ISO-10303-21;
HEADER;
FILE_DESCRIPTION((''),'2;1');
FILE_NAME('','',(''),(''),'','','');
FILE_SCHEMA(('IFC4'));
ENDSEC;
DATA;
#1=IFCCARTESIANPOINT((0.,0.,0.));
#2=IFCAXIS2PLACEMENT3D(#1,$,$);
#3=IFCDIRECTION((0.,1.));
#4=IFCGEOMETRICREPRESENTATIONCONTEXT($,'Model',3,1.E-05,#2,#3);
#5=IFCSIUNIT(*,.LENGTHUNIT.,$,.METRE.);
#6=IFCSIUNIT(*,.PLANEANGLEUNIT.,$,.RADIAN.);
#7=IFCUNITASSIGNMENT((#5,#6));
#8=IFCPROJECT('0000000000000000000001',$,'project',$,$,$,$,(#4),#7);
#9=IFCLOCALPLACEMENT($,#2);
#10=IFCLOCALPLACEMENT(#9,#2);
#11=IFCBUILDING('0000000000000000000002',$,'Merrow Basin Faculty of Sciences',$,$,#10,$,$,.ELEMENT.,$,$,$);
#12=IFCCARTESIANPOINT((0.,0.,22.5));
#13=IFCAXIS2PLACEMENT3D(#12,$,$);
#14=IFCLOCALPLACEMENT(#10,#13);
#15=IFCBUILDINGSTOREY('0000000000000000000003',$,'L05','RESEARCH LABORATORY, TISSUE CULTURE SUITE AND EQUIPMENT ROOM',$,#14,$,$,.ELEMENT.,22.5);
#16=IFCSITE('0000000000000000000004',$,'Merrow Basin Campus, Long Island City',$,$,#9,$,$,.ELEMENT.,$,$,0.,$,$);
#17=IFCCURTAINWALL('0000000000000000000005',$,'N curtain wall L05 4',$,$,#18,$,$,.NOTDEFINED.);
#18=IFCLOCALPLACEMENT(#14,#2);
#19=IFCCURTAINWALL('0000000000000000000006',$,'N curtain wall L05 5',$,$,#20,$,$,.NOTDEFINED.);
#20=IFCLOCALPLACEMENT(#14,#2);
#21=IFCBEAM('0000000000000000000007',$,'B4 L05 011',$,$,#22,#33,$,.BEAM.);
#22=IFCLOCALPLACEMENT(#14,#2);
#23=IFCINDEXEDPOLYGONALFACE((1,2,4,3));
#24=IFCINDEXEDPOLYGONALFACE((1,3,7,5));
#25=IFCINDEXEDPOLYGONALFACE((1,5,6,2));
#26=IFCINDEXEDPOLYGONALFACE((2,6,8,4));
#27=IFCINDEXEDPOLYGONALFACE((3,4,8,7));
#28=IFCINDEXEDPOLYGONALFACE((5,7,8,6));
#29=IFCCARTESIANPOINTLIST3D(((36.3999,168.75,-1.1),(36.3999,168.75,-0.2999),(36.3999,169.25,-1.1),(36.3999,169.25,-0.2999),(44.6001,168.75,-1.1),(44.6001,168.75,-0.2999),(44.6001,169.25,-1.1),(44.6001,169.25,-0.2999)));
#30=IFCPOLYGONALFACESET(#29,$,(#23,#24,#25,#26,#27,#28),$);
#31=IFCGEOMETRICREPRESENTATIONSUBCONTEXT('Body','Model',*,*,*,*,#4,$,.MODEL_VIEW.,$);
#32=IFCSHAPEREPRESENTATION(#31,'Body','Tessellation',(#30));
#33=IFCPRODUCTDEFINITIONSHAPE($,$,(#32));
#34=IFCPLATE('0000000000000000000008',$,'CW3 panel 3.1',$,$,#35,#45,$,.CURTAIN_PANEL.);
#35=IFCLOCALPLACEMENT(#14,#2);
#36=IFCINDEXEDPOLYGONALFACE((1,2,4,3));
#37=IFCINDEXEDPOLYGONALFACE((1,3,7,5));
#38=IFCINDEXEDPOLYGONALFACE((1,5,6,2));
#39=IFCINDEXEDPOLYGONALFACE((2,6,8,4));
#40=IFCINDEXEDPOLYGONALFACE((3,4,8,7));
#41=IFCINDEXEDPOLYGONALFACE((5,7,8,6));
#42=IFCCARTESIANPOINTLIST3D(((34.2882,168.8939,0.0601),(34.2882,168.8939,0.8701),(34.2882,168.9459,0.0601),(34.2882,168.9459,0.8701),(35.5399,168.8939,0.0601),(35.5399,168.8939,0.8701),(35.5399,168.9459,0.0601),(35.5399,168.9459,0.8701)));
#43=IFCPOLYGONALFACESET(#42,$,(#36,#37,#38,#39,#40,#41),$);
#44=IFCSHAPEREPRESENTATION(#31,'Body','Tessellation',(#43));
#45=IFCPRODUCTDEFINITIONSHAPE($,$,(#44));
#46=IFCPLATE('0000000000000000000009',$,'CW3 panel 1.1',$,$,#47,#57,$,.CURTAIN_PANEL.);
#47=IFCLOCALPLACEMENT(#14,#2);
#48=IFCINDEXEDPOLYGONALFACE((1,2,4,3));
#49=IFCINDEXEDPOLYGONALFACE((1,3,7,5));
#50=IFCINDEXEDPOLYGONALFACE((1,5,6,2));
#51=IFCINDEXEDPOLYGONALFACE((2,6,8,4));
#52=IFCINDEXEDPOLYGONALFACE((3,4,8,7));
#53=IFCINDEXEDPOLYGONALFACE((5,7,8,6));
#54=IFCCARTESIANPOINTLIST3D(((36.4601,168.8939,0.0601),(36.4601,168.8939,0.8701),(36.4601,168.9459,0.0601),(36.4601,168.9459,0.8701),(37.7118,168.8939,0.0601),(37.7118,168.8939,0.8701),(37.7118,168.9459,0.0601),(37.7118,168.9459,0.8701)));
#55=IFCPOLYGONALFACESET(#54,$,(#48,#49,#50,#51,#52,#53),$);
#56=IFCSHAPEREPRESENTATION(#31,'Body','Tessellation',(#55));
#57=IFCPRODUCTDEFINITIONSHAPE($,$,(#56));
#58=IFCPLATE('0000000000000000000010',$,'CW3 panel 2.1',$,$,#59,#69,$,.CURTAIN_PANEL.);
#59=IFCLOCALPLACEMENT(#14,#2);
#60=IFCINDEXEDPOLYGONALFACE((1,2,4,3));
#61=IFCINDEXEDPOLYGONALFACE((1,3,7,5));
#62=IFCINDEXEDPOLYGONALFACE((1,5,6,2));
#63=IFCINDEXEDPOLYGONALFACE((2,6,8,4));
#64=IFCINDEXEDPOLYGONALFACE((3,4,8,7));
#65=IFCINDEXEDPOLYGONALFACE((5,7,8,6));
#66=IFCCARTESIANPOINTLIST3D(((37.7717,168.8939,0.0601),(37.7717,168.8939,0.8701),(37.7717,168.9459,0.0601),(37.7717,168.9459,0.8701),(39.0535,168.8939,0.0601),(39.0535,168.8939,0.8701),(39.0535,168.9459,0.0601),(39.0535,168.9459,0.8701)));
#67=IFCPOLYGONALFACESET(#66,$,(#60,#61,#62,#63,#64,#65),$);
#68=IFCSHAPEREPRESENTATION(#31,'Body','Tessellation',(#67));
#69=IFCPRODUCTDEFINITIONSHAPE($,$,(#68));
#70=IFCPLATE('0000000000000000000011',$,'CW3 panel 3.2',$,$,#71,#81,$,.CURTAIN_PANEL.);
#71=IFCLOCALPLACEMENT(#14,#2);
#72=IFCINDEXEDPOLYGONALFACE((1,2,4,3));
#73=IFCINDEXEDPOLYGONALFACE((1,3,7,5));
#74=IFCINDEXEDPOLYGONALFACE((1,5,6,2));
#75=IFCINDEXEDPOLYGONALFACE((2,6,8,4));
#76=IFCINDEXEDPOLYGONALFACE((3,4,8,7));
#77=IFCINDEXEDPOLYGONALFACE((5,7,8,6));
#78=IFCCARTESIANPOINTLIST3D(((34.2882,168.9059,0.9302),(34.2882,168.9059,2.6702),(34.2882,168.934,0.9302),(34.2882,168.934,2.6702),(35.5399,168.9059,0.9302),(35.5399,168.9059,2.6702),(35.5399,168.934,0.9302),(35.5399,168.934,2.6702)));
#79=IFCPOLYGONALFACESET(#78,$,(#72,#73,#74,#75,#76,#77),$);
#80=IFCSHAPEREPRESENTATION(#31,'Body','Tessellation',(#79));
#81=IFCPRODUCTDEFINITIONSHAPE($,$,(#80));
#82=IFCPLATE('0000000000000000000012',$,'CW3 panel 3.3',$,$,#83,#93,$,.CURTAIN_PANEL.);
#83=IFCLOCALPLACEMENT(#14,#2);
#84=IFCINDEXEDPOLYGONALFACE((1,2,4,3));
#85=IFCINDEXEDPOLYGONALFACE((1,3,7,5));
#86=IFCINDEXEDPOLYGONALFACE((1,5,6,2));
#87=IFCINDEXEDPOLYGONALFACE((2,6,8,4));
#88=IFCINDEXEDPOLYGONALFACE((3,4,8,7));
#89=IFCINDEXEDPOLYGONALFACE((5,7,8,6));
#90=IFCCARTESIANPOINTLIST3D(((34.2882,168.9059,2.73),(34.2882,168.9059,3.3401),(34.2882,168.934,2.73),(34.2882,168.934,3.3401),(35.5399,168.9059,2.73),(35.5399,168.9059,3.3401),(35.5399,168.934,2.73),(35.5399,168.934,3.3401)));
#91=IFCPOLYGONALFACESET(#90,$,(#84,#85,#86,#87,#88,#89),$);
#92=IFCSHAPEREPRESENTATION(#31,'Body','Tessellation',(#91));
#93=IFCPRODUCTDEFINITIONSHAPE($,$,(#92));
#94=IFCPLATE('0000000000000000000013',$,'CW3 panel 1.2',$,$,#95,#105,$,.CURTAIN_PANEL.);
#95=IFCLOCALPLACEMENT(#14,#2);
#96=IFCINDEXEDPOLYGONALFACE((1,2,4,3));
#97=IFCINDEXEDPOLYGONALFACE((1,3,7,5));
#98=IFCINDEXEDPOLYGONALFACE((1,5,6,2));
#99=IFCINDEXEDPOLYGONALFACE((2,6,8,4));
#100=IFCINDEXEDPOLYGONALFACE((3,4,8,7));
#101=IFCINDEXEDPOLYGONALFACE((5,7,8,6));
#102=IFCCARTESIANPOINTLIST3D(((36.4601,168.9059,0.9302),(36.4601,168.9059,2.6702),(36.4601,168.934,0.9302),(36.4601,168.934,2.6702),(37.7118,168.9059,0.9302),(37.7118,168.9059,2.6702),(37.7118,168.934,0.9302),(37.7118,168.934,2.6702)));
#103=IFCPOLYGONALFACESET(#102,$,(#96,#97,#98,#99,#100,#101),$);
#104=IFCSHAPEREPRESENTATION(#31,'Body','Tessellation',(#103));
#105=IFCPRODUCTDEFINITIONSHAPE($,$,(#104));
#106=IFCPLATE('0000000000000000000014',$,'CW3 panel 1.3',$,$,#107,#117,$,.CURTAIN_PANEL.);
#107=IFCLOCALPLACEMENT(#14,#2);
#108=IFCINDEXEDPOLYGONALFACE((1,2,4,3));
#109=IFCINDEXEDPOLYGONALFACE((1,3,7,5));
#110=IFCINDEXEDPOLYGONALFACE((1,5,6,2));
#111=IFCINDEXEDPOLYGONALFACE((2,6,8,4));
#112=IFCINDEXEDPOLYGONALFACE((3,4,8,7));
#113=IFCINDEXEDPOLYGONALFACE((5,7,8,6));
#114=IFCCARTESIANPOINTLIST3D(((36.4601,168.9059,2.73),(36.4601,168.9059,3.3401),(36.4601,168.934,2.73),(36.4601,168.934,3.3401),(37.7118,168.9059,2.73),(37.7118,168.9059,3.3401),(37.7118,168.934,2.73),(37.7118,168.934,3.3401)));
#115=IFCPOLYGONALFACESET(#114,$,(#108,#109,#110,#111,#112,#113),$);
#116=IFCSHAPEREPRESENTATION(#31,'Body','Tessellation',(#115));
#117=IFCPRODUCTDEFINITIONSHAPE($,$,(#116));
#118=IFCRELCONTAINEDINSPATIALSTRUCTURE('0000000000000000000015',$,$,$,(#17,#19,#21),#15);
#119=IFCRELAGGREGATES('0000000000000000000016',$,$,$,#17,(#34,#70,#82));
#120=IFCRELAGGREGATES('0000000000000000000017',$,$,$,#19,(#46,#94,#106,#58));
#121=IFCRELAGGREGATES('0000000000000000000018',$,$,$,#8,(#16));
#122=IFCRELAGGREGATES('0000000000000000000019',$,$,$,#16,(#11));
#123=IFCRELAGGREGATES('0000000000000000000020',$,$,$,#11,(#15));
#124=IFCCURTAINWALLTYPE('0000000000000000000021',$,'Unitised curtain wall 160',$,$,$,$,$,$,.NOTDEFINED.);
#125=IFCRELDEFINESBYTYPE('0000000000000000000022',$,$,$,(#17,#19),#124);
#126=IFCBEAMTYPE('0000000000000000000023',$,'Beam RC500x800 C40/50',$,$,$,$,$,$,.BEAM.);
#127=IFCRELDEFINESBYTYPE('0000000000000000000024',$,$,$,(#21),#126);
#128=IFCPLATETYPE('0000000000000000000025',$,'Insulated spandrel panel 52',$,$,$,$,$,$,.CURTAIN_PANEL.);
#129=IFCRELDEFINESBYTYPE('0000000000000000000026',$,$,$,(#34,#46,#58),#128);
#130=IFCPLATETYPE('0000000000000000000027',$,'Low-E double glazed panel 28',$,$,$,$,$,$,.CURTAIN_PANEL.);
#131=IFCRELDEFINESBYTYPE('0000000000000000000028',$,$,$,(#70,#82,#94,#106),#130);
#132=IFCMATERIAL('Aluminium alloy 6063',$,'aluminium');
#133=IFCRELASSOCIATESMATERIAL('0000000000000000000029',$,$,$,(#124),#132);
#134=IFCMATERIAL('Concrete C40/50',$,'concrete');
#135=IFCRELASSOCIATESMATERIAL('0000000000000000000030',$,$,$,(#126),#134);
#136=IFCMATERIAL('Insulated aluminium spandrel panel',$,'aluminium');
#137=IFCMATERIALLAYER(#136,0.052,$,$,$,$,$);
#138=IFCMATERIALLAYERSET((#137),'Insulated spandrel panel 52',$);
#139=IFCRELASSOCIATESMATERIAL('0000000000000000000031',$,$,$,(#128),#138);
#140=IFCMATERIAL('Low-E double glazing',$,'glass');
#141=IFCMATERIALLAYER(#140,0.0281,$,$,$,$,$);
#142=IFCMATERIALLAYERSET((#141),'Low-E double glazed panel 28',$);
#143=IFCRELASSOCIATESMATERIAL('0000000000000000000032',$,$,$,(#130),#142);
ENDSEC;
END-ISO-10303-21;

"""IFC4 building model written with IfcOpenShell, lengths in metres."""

from ifc_helpers import new_model, si_unit, direction, frame, origin, origin_2d, place, context, subcontext, project, spatial, rectangle, extrude, material, layer, layer_set, material_profile, profile_set, type_object, element, aggregate, save


model = new_model("IFC4")

# Units and contexts
model_context = context("Model", 3, precision=1e-05, world=origin(), true_north=direction((0.0, 1.0)))
body_context = subcontext(model_context, "Body", "Model", "MODEL_VIEW")
ifc_project = project(units=[si_unit("LENGTHUNIT", "METRE"), si_unit("PLANEANGLEUNIT", "RADIAN")], contexts=[model_context])

# Site, building, storey
site_placement = place(None, origin())
site = spatial("IfcSite", under=ifc_project, at=site_placement, Name="Merrow Basin Campus, Long Island City", CompositionType="ELEMENT", RefElevation=0.0)
building_placement = place(site_placement, origin())
building = spatial("IfcBuilding", under=site, at=building_placement, Name="Merrow Basin Faculty of Sciences", CompositionType="ELEMENT")
storey_placement = place(building_placement, frame((0.0, 0.0, 22.5)))
storey = spatial("IfcBuildingStorey", under=building, at=storey_placement, Name="L05", Description="RESEARCH LABORATORY, TISSUE CULTURE SUITE AND EQUIPMENT ROOM", CompositionType="ELEMENT", Elevation=22.5)

# Curtain wall
ifc_material_1 = material(Name="Aluminium alloy 6063", Category="aluminium")
curtain_wall_type = type_object("IfcCurtainWallType", Name="Unitised curtain wall 160", PredefinedType="NOTDEFINED", material=ifc_material_1)
curtain_wall_1_placement = place(storey_placement, origin())
curtain_wall_1 = element("IfcCurtainWall", 1, at=curtain_wall_1_placement, inside=storey, type_object=curtain_wall_type, Name="N curtain wall L05 4", PredefinedType="NOTDEFINED")

# Curtain wall
curtain_wall_2_placement = place(storey_placement, origin())
curtain_wall_2 = element("IfcCurtainWall", 2, at=curtain_wall_2_placement, inside=storey, type_object=curtain_wall_type, Name="N curtain wall L05 5", PredefinedType="NOTDEFINED")

# Beam
ifc_material_2 = material(Name="Concrete C40/50", Category="concrete")
ifc_material_profile_1 = material_profile(ifc_material_2, rectangle(XDim=0.5, YDim=0.8, at=origin_2d()))
ifc_profile_set_1 = profile_set([ifc_material_profile_1], Name="Concrete C40/50")
beam_type = type_object("IfcBeamType", Name="Beam RC500x800 C40/50", PredefinedType="BEAM", material=ifc_profile_set_1)
beam_placement = place(storey_placement, frame((36.3999, 169.0, -0.7), z_axis=(1.0, 0.0, 0.0), x_axis=(0.0, 1.0, 0.0)))
element("IfcBeam", 3, at=beam_placement, inside=storey, type_object=beam_type, Name="B4 L05 011", PredefinedType="BEAM", context=body_context, shape_type="SweptSolid", body=[
    extrude(rectangle(XDim=0.5, YDim=0.8, at=origin_2d()), origin(), (0.0, 0.0, 1.0), 8.2002),
])

# Plates
ifc_material_3 = material(Name="Insulated aluminium spandrel panel", Category="aluminium")
ifc_layer_1 = layer(ifc_material_3, 0.052)
ifc_layer_set_1 = layer_set([ifc_layer_1], Name="Insulated spandrel panel 52")
plate_type_1 = type_object("IfcPlateType", Name="Insulated spandrel panel 52", PredefinedType="CURTAIN_PANEL", material=ifc_layer_set_1)
plate_1_placement = place(storey_placement, frame((34.9141, 168.9199, 0.0601), z_axis=(0.0, 0.0, 1.0), x_axis=(1.0, 0.0, 0.0)))
plate_1 = element("IfcPlate", 4, at=plate_1_placement, type_object=plate_type_1, Name="CW3 panel 3.1", PredefinedType="CURTAIN_PANEL", context=body_context, shape_type="SweptSolid", body=[
    extrude(rectangle(XDim=1.2517, YDim=0.052, at=origin_2d()), origin(), (0.0, 0.0, 1.0), 0.8101),
])
plate_2_placement = place(storey_placement, frame((37.0859, 168.9199, 0.0601), z_axis=(0.0, 0.0, 1.0), x_axis=(1.0, 0.0, 0.0)))
plate_2 = element("IfcPlate", 5, at=plate_2_placement, type_object=plate_type_1, Name="CW3 panel 1.1", PredefinedType="CURTAIN_PANEL", context=body_context, shape_type="SweptSolid", body=[
    extrude(rectangle(XDim=1.2517, YDim=0.052, at=origin_2d()), origin(), (0.0, 0.0, 1.0), 0.8101),
])
plate_3_placement = place(storey_placement, frame((38.4126, 168.9199, 0.0601), z_axis=(0.0, 0.0, 1.0), x_axis=(1.0, 0.0, 0.0)))
plate_3 = element("IfcPlate", 6, at=plate_3_placement, type_object=plate_type_1, Name="CW3 panel 2.1", PredefinedType="CURTAIN_PANEL", context=body_context, shape_type="SweptSolid", body=[
    extrude(rectangle(XDim=1.2817, YDim=0.052, at=origin_2d()), origin(), (0.0, 0.0, 1.0), 0.8101),
])
ifc_material_4 = material(Name="Low-E double glazing", Category="glass")
ifc_layer_2 = layer(ifc_material_4, 0.0281)
ifc_layer_set_2 = layer_set([ifc_layer_2], Name="Low-E double glazed panel 28")
plate_type_2 = type_object("IfcPlateType", Name="Low-E double glazed panel 28", PredefinedType="CURTAIN_PANEL", material=ifc_layer_set_2)
plate_4_placement = place(storey_placement, frame((34.9141, 168.9199, 0.9302), z_axis=(0.0, 0.0, 1.0), x_axis=(1.0, 0.0, 0.0)))
plate_4 = element("IfcPlate", 7, at=plate_4_placement, type_object=plate_type_2, Name="CW3 panel 3.2", PredefinedType="CURTAIN_PANEL", context=body_context, shape_type="SweptSolid", body=[
    extrude(rectangle(XDim=1.2517, YDim=0.0281, at=origin_2d()), origin(), (0.0, 0.0, 1.0), 1.74),
])
plate_5_placement = place(storey_placement, frame((34.9141, 168.9199, 2.73), z_axis=(0.0, 0.0, 1.0), x_axis=(1.0, 0.0, 0.0)))
plate_5 = element("IfcPlate", 8, at=plate_5_placement, type_object=plate_type_2, Name="CW3 panel 3.3", PredefinedType="CURTAIN_PANEL", context=body_context, shape_type="SweptSolid", body=[
    extrude(rectangle(XDim=1.2517, YDim=0.0281, at=origin_2d()), origin(), (0.0, 0.0, 1.0), 0.6101),
])
aggregate(curtain_wall_1, [plate_1, plate_4, plate_5])
plate_6_placement = place(storey_placement, frame((37.0859, 168.9199, 0.9302), z_axis=(0.0, 0.0, 1.0), x_axis=(1.0, 0.0, 0.0)))
plate_6 = element("IfcPlate", 9, at=plate_6_placement, type_object=plate_type_2, Name="CW3 panel 1.2", PredefinedType="CURTAIN_PANEL", context=body_context, shape_type="SweptSolid", body=[
    extrude(rectangle(XDim=1.2517, YDim=0.0281, at=origin_2d()), origin(), (0.0, 0.0, 1.0), 1.74),
])
plate_7_placement = place(storey_placement, frame((37.0859, 168.9199, 2.73), z_axis=(0.0, 0.0, 1.0), x_axis=(1.0, 0.0, 0.0)))
plate_7 = element("IfcPlate", 10, at=plate_7_placement, type_object=plate_type_2, Name="CW3 panel 1.3", PredefinedType="CURTAIN_PANEL", context=body_context, shape_type="SweptSolid", body=[
    extrude(rectangle(XDim=1.2517, YDim=0.0281, at=origin_2d()), origin(), (0.0, 0.0, 1.0), 0.6101),
])
aggregate(curtain_wall_2, [plate_2, plate_6, plate_7, plate_3])

save(model, "model.ifc")
